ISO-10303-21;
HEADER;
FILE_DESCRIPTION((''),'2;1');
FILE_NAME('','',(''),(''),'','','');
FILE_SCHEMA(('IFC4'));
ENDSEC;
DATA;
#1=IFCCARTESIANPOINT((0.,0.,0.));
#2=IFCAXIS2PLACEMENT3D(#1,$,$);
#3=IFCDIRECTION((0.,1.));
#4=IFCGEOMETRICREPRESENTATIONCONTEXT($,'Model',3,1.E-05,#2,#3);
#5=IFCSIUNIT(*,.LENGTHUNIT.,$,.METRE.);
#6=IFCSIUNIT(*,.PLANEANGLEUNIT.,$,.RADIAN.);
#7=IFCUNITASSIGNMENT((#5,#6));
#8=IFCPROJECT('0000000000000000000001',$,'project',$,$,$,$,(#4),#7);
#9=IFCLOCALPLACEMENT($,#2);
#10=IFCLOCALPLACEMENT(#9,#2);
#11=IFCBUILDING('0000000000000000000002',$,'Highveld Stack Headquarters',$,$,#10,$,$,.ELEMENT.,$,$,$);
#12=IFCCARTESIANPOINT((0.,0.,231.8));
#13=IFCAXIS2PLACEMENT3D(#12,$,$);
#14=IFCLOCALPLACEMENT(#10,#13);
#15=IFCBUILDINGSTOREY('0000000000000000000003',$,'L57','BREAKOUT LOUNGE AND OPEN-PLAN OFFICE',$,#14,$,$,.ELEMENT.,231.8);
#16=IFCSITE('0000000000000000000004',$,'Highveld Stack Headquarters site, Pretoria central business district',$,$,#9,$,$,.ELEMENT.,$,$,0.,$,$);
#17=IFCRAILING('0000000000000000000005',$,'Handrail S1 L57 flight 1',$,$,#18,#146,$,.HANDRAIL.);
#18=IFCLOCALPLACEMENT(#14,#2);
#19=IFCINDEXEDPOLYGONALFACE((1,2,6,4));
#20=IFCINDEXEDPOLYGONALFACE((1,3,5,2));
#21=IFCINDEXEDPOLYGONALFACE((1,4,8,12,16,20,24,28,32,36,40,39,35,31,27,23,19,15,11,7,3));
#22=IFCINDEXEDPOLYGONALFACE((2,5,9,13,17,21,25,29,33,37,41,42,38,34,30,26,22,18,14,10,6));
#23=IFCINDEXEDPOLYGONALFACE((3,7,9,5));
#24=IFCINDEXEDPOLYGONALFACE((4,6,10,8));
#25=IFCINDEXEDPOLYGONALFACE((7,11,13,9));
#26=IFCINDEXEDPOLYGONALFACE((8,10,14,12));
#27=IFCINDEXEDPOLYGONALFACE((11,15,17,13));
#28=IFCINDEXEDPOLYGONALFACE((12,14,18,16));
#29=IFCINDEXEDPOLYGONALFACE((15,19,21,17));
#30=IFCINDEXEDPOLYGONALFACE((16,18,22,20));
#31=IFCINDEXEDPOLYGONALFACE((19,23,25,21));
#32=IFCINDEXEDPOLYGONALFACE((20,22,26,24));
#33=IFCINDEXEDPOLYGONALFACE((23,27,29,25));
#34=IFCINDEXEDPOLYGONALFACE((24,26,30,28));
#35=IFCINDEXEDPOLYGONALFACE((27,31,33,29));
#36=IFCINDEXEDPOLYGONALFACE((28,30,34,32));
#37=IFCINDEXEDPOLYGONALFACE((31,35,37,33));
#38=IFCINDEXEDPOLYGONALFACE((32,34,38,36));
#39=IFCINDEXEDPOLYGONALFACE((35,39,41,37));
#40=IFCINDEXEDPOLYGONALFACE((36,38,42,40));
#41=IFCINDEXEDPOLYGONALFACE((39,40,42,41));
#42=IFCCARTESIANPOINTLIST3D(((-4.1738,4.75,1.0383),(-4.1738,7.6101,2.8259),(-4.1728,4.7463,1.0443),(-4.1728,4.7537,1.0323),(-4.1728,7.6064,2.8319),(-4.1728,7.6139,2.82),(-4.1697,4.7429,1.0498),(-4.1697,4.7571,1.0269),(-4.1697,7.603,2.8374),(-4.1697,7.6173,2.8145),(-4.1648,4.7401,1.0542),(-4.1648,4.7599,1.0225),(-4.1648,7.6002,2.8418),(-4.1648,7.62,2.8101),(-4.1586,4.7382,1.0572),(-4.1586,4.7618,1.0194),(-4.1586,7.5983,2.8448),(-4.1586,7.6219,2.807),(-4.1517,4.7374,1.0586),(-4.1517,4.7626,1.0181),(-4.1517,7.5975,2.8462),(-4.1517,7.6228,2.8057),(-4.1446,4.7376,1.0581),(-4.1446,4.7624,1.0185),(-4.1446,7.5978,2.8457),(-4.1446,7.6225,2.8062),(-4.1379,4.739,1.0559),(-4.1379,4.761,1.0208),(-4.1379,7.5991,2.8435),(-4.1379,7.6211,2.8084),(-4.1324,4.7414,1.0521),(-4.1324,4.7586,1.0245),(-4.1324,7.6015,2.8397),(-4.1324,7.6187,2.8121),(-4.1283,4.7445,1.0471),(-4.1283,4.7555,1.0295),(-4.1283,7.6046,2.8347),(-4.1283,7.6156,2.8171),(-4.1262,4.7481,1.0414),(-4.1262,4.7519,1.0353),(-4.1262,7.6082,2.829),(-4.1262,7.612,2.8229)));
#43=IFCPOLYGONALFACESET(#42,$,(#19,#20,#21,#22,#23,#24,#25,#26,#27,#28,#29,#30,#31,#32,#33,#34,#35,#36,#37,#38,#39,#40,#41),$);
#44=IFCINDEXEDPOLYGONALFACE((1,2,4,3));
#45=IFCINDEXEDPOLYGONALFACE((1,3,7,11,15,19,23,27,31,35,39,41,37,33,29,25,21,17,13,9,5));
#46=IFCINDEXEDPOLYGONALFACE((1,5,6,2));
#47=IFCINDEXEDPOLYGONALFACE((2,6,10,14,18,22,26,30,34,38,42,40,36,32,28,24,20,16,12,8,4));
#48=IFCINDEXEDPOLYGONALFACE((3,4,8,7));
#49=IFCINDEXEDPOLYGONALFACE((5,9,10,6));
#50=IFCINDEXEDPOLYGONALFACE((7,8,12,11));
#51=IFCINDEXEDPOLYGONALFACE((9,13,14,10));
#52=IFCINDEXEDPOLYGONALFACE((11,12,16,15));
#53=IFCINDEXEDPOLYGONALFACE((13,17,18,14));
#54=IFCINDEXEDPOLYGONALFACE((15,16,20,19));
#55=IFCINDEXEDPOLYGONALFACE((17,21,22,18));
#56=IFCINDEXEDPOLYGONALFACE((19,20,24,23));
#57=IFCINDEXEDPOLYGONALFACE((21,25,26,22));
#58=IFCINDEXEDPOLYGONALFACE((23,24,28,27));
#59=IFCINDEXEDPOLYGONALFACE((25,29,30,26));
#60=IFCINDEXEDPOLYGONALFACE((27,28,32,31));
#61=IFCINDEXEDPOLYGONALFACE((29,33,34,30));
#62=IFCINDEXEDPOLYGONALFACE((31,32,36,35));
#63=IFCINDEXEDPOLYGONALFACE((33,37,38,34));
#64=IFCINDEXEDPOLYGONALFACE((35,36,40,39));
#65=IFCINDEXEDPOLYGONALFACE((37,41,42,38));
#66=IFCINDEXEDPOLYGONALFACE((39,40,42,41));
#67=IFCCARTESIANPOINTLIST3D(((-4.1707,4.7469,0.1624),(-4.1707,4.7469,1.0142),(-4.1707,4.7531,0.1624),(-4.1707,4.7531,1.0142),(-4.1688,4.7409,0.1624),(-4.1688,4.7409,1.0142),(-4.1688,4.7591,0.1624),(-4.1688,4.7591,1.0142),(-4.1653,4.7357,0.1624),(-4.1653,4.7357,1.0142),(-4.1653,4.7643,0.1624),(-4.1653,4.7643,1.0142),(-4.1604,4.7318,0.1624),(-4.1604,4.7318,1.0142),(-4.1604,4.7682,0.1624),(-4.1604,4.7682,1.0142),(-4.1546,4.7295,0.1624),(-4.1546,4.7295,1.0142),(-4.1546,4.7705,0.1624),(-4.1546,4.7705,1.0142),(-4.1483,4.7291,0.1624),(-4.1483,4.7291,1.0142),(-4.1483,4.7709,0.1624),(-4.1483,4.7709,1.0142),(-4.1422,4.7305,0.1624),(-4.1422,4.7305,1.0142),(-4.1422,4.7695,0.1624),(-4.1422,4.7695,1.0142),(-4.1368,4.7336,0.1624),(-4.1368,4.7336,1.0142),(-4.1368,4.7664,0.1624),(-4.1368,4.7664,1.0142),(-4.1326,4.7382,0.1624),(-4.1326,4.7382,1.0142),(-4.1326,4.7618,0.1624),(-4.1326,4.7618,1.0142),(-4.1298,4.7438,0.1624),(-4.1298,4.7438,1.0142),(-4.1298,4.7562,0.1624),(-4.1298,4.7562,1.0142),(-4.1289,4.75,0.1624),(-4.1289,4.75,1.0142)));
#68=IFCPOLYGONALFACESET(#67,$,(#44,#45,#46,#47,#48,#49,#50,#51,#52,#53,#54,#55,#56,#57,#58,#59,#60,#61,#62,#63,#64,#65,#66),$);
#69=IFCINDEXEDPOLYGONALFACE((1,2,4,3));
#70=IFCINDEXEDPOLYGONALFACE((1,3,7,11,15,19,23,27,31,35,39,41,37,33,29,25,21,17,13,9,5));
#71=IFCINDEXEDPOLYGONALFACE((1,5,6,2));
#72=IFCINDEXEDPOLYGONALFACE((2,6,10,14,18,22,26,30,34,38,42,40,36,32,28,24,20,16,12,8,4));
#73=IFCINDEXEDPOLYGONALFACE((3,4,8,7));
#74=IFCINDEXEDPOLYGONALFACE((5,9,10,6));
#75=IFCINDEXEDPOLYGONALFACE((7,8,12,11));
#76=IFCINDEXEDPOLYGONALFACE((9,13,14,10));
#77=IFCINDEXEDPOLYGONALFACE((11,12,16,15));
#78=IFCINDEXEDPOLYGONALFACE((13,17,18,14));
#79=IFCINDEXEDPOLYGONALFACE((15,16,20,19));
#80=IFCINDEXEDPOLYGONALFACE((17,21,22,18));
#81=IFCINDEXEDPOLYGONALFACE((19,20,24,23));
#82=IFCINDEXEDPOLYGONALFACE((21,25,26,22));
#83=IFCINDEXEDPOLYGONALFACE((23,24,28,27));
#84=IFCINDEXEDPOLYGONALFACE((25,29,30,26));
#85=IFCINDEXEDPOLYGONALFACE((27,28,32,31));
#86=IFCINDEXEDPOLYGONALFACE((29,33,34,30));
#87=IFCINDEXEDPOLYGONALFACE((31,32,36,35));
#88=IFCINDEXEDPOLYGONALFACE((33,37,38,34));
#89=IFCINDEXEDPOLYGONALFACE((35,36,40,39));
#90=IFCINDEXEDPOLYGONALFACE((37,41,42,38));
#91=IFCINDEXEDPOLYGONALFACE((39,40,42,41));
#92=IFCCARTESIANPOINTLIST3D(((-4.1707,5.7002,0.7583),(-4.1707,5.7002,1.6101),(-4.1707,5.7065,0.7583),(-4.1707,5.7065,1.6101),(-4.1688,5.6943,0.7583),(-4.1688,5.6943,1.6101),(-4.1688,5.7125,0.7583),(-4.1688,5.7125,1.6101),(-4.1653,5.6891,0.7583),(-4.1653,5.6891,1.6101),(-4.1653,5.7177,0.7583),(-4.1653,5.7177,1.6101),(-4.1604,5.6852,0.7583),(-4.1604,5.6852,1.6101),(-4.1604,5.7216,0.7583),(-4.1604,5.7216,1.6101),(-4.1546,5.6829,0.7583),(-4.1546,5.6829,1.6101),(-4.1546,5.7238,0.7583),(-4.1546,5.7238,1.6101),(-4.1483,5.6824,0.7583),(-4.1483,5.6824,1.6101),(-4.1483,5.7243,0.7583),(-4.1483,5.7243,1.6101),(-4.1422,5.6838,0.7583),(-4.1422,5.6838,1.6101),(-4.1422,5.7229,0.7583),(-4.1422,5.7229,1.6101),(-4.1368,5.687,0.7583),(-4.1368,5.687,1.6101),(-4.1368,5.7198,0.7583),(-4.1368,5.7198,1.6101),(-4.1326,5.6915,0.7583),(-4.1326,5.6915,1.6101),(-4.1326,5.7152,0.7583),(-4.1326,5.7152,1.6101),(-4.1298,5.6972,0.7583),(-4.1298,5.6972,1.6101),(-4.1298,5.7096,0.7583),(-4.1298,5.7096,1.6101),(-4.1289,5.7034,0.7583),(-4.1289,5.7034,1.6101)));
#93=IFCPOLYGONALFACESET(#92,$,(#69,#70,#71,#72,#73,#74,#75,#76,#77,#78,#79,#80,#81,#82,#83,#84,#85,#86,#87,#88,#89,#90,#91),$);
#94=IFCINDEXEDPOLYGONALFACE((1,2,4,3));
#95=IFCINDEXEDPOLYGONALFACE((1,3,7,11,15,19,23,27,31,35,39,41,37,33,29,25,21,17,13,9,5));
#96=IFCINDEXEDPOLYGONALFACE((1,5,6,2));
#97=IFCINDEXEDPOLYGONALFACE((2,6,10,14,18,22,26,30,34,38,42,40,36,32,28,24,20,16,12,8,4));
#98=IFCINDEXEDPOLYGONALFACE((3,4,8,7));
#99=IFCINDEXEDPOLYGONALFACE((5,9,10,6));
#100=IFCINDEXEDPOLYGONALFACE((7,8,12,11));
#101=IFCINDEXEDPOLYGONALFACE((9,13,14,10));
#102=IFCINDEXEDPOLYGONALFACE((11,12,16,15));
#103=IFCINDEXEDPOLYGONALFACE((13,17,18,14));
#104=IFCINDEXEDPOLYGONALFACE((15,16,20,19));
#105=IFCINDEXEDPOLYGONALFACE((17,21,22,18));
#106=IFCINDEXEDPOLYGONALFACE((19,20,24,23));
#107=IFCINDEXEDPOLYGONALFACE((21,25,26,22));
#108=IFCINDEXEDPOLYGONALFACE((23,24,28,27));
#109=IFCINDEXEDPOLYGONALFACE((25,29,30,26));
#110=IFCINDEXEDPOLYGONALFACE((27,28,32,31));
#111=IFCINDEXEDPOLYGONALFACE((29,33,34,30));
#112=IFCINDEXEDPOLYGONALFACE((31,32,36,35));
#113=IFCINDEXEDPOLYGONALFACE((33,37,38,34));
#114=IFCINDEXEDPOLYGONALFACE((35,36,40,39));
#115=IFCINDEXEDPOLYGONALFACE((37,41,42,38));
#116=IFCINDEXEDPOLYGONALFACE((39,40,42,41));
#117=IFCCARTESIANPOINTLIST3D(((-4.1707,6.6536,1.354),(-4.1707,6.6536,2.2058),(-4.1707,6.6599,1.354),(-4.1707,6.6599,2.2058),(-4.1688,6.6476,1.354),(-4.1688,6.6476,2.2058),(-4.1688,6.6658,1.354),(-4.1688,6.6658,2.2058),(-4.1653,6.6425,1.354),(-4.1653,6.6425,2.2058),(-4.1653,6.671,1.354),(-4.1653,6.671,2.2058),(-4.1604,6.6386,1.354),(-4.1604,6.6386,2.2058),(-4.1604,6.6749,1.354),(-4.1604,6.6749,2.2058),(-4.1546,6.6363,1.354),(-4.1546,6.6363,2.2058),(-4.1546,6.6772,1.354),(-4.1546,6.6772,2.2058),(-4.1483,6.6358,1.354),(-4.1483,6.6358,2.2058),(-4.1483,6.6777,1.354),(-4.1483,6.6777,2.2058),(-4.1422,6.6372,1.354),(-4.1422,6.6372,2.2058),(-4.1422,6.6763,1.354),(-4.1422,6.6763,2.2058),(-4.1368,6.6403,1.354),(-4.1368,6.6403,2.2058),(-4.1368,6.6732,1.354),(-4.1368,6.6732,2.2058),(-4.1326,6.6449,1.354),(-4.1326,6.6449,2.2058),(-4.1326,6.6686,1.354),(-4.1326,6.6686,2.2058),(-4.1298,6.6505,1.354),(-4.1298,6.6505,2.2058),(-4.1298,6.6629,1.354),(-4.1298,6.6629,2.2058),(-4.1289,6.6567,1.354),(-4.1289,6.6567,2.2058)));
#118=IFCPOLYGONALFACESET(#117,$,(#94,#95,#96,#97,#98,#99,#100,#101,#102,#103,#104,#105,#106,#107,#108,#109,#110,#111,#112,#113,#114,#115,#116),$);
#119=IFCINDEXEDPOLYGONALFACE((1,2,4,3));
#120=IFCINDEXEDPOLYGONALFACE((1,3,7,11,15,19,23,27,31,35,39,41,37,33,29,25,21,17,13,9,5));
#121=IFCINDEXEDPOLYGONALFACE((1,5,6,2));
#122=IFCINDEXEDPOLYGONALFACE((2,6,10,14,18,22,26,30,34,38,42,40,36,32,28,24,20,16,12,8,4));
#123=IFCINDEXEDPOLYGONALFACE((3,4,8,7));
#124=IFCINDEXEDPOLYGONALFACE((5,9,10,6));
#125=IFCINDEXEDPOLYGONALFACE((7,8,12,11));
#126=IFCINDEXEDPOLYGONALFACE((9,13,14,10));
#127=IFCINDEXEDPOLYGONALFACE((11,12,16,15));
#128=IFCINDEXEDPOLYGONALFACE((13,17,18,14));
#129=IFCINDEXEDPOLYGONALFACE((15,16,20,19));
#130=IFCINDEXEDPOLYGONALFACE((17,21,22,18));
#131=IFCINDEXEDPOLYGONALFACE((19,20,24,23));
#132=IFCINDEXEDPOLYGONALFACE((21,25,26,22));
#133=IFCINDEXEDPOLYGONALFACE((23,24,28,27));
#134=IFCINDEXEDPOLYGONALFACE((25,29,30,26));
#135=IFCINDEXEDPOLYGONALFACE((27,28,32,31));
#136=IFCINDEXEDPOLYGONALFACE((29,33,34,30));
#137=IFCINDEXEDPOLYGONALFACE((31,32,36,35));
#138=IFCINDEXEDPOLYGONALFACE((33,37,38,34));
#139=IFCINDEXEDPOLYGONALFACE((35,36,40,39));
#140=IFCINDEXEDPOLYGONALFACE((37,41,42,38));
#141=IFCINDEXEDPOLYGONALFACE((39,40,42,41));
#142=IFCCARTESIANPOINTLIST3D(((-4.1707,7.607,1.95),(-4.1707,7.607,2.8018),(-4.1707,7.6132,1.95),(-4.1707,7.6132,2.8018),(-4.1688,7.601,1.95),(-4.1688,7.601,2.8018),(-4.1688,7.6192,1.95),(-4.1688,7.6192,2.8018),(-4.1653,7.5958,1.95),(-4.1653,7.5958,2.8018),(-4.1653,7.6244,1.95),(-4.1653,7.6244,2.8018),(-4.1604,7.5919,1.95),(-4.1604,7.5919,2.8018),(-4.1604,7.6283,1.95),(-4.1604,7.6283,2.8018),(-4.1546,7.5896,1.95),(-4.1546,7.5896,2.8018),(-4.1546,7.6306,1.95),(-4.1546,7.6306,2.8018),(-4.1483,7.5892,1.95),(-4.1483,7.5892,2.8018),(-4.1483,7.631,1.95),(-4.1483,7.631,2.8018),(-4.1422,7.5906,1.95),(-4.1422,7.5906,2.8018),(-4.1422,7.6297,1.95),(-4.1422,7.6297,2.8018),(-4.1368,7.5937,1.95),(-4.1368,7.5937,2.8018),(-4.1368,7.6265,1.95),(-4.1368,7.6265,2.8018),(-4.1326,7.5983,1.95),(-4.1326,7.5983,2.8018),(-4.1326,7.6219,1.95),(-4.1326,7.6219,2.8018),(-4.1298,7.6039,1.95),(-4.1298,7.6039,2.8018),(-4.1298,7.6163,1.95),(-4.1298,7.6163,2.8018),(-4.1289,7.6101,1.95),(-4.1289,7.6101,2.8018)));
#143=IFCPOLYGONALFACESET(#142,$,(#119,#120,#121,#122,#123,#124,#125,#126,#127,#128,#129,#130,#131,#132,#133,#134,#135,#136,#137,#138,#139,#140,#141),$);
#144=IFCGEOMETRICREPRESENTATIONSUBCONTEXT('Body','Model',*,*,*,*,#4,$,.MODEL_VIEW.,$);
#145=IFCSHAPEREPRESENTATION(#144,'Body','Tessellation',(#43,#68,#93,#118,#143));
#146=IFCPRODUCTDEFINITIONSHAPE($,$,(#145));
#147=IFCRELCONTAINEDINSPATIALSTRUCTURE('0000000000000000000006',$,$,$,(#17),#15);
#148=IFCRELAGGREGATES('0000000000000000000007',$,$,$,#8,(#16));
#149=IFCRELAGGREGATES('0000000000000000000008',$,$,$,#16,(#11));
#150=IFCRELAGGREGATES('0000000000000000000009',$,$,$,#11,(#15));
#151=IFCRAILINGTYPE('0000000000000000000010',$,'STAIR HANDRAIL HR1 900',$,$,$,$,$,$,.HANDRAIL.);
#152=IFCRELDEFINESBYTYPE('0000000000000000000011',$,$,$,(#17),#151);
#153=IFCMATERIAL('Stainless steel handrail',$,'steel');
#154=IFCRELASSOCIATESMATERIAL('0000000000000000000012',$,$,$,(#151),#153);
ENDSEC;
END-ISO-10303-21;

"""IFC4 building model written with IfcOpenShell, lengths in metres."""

from ifc_helpers import new_model, si_unit, direction, frame, origin, origin_2d, place, context, subcontext, project, spatial, circle, extrude, material, type_object, element, save


model = new_model("IFC4")

# Units and contexts
model_context = context("Model", 3, precision=1e-05, world=origin(), true_north=direction((0.0, 1.0)))
body_context = subcontext(model_context, "Body", "Model", "MODEL_VIEW")
ifc_project = project(units=[si_unit("LENGTHUNIT", "METRE"), si_unit("PLANEANGLEUNIT", "RADIAN")], contexts=[model_context])

# Site, building, storey
site_placement = place(None, origin())
site = spatial("IfcSite", under=ifc_project, at=site_placement, Name="Highveld Stack Headquarters site, Pretoria central business district", CompositionType="ELEMENT", RefElevation=0.0)
building_placement = place(site_placement, origin())
building = spatial("IfcBuilding", under=site, at=building_placement, Name="Highveld Stack Headquarters", CompositionType="ELEMENT")
storey_placement = place(building_placement, frame((0.0, 0.0, 231.8)))
storey = spatial("IfcBuildingStorey", under=building, at=storey_placement, Name="L57", Description="BREAKOUT LOUNGE AND OPEN-PLAN OFFICE", CompositionType="ELEMENT", Elevation=231.8)

# Railing
ifc_material_1 = material(Name="Stainless steel handrail", Category="steel")
railing_type = type_object("IfcRailingType", Name="STAIR HANDRAIL HR1 900", PredefinedType="HANDRAIL", material=ifc_material_1)
for number, where, name in (
    (1, (-4.1499, 4.75, 0.1624), "Handrail S1 L57 flight 1"),
):
    element("IfcRailing", number, at=place(storey_placement, frame(where)), inside=storey, type_object=railing_type, Name=name, PredefinedType="HANDRAIL", context=body_context, shape_type="SweptSolid", body=[
        extrude(circle(Radius=0.0239, at=origin_2d()), frame((0.0, 0.0, 0.876), z_axis=(0.0, 0.847994, 0.530005), x_axis=(-1.0, 0.0, 0.0)), (0.0, 0.0, 1.0), 3.3728),
        extrude(circle(Radius=0.021, at=origin_2d()), origin(), (0.0, 0.0, 1.0), 0.8518),
        extrude(circle(Radius=0.021, at=origin_2d()), frame((0.0, 0.9534, 0.5959)), (0.0, 0.0, 1.0), 0.8518),
        extrude(circle(Radius=0.021, at=origin_2d()), frame((0.0, 1.9067, 1.1917)), (0.0, 0.0, 1.0), 0.8518),
        extrude(circle(Radius=0.021, at=origin_2d()), frame((0.0, 2.8601, 1.7876)), (0.0, 0.0, 1.0), 0.8518),
    ])

save(model, "model.ifc")
